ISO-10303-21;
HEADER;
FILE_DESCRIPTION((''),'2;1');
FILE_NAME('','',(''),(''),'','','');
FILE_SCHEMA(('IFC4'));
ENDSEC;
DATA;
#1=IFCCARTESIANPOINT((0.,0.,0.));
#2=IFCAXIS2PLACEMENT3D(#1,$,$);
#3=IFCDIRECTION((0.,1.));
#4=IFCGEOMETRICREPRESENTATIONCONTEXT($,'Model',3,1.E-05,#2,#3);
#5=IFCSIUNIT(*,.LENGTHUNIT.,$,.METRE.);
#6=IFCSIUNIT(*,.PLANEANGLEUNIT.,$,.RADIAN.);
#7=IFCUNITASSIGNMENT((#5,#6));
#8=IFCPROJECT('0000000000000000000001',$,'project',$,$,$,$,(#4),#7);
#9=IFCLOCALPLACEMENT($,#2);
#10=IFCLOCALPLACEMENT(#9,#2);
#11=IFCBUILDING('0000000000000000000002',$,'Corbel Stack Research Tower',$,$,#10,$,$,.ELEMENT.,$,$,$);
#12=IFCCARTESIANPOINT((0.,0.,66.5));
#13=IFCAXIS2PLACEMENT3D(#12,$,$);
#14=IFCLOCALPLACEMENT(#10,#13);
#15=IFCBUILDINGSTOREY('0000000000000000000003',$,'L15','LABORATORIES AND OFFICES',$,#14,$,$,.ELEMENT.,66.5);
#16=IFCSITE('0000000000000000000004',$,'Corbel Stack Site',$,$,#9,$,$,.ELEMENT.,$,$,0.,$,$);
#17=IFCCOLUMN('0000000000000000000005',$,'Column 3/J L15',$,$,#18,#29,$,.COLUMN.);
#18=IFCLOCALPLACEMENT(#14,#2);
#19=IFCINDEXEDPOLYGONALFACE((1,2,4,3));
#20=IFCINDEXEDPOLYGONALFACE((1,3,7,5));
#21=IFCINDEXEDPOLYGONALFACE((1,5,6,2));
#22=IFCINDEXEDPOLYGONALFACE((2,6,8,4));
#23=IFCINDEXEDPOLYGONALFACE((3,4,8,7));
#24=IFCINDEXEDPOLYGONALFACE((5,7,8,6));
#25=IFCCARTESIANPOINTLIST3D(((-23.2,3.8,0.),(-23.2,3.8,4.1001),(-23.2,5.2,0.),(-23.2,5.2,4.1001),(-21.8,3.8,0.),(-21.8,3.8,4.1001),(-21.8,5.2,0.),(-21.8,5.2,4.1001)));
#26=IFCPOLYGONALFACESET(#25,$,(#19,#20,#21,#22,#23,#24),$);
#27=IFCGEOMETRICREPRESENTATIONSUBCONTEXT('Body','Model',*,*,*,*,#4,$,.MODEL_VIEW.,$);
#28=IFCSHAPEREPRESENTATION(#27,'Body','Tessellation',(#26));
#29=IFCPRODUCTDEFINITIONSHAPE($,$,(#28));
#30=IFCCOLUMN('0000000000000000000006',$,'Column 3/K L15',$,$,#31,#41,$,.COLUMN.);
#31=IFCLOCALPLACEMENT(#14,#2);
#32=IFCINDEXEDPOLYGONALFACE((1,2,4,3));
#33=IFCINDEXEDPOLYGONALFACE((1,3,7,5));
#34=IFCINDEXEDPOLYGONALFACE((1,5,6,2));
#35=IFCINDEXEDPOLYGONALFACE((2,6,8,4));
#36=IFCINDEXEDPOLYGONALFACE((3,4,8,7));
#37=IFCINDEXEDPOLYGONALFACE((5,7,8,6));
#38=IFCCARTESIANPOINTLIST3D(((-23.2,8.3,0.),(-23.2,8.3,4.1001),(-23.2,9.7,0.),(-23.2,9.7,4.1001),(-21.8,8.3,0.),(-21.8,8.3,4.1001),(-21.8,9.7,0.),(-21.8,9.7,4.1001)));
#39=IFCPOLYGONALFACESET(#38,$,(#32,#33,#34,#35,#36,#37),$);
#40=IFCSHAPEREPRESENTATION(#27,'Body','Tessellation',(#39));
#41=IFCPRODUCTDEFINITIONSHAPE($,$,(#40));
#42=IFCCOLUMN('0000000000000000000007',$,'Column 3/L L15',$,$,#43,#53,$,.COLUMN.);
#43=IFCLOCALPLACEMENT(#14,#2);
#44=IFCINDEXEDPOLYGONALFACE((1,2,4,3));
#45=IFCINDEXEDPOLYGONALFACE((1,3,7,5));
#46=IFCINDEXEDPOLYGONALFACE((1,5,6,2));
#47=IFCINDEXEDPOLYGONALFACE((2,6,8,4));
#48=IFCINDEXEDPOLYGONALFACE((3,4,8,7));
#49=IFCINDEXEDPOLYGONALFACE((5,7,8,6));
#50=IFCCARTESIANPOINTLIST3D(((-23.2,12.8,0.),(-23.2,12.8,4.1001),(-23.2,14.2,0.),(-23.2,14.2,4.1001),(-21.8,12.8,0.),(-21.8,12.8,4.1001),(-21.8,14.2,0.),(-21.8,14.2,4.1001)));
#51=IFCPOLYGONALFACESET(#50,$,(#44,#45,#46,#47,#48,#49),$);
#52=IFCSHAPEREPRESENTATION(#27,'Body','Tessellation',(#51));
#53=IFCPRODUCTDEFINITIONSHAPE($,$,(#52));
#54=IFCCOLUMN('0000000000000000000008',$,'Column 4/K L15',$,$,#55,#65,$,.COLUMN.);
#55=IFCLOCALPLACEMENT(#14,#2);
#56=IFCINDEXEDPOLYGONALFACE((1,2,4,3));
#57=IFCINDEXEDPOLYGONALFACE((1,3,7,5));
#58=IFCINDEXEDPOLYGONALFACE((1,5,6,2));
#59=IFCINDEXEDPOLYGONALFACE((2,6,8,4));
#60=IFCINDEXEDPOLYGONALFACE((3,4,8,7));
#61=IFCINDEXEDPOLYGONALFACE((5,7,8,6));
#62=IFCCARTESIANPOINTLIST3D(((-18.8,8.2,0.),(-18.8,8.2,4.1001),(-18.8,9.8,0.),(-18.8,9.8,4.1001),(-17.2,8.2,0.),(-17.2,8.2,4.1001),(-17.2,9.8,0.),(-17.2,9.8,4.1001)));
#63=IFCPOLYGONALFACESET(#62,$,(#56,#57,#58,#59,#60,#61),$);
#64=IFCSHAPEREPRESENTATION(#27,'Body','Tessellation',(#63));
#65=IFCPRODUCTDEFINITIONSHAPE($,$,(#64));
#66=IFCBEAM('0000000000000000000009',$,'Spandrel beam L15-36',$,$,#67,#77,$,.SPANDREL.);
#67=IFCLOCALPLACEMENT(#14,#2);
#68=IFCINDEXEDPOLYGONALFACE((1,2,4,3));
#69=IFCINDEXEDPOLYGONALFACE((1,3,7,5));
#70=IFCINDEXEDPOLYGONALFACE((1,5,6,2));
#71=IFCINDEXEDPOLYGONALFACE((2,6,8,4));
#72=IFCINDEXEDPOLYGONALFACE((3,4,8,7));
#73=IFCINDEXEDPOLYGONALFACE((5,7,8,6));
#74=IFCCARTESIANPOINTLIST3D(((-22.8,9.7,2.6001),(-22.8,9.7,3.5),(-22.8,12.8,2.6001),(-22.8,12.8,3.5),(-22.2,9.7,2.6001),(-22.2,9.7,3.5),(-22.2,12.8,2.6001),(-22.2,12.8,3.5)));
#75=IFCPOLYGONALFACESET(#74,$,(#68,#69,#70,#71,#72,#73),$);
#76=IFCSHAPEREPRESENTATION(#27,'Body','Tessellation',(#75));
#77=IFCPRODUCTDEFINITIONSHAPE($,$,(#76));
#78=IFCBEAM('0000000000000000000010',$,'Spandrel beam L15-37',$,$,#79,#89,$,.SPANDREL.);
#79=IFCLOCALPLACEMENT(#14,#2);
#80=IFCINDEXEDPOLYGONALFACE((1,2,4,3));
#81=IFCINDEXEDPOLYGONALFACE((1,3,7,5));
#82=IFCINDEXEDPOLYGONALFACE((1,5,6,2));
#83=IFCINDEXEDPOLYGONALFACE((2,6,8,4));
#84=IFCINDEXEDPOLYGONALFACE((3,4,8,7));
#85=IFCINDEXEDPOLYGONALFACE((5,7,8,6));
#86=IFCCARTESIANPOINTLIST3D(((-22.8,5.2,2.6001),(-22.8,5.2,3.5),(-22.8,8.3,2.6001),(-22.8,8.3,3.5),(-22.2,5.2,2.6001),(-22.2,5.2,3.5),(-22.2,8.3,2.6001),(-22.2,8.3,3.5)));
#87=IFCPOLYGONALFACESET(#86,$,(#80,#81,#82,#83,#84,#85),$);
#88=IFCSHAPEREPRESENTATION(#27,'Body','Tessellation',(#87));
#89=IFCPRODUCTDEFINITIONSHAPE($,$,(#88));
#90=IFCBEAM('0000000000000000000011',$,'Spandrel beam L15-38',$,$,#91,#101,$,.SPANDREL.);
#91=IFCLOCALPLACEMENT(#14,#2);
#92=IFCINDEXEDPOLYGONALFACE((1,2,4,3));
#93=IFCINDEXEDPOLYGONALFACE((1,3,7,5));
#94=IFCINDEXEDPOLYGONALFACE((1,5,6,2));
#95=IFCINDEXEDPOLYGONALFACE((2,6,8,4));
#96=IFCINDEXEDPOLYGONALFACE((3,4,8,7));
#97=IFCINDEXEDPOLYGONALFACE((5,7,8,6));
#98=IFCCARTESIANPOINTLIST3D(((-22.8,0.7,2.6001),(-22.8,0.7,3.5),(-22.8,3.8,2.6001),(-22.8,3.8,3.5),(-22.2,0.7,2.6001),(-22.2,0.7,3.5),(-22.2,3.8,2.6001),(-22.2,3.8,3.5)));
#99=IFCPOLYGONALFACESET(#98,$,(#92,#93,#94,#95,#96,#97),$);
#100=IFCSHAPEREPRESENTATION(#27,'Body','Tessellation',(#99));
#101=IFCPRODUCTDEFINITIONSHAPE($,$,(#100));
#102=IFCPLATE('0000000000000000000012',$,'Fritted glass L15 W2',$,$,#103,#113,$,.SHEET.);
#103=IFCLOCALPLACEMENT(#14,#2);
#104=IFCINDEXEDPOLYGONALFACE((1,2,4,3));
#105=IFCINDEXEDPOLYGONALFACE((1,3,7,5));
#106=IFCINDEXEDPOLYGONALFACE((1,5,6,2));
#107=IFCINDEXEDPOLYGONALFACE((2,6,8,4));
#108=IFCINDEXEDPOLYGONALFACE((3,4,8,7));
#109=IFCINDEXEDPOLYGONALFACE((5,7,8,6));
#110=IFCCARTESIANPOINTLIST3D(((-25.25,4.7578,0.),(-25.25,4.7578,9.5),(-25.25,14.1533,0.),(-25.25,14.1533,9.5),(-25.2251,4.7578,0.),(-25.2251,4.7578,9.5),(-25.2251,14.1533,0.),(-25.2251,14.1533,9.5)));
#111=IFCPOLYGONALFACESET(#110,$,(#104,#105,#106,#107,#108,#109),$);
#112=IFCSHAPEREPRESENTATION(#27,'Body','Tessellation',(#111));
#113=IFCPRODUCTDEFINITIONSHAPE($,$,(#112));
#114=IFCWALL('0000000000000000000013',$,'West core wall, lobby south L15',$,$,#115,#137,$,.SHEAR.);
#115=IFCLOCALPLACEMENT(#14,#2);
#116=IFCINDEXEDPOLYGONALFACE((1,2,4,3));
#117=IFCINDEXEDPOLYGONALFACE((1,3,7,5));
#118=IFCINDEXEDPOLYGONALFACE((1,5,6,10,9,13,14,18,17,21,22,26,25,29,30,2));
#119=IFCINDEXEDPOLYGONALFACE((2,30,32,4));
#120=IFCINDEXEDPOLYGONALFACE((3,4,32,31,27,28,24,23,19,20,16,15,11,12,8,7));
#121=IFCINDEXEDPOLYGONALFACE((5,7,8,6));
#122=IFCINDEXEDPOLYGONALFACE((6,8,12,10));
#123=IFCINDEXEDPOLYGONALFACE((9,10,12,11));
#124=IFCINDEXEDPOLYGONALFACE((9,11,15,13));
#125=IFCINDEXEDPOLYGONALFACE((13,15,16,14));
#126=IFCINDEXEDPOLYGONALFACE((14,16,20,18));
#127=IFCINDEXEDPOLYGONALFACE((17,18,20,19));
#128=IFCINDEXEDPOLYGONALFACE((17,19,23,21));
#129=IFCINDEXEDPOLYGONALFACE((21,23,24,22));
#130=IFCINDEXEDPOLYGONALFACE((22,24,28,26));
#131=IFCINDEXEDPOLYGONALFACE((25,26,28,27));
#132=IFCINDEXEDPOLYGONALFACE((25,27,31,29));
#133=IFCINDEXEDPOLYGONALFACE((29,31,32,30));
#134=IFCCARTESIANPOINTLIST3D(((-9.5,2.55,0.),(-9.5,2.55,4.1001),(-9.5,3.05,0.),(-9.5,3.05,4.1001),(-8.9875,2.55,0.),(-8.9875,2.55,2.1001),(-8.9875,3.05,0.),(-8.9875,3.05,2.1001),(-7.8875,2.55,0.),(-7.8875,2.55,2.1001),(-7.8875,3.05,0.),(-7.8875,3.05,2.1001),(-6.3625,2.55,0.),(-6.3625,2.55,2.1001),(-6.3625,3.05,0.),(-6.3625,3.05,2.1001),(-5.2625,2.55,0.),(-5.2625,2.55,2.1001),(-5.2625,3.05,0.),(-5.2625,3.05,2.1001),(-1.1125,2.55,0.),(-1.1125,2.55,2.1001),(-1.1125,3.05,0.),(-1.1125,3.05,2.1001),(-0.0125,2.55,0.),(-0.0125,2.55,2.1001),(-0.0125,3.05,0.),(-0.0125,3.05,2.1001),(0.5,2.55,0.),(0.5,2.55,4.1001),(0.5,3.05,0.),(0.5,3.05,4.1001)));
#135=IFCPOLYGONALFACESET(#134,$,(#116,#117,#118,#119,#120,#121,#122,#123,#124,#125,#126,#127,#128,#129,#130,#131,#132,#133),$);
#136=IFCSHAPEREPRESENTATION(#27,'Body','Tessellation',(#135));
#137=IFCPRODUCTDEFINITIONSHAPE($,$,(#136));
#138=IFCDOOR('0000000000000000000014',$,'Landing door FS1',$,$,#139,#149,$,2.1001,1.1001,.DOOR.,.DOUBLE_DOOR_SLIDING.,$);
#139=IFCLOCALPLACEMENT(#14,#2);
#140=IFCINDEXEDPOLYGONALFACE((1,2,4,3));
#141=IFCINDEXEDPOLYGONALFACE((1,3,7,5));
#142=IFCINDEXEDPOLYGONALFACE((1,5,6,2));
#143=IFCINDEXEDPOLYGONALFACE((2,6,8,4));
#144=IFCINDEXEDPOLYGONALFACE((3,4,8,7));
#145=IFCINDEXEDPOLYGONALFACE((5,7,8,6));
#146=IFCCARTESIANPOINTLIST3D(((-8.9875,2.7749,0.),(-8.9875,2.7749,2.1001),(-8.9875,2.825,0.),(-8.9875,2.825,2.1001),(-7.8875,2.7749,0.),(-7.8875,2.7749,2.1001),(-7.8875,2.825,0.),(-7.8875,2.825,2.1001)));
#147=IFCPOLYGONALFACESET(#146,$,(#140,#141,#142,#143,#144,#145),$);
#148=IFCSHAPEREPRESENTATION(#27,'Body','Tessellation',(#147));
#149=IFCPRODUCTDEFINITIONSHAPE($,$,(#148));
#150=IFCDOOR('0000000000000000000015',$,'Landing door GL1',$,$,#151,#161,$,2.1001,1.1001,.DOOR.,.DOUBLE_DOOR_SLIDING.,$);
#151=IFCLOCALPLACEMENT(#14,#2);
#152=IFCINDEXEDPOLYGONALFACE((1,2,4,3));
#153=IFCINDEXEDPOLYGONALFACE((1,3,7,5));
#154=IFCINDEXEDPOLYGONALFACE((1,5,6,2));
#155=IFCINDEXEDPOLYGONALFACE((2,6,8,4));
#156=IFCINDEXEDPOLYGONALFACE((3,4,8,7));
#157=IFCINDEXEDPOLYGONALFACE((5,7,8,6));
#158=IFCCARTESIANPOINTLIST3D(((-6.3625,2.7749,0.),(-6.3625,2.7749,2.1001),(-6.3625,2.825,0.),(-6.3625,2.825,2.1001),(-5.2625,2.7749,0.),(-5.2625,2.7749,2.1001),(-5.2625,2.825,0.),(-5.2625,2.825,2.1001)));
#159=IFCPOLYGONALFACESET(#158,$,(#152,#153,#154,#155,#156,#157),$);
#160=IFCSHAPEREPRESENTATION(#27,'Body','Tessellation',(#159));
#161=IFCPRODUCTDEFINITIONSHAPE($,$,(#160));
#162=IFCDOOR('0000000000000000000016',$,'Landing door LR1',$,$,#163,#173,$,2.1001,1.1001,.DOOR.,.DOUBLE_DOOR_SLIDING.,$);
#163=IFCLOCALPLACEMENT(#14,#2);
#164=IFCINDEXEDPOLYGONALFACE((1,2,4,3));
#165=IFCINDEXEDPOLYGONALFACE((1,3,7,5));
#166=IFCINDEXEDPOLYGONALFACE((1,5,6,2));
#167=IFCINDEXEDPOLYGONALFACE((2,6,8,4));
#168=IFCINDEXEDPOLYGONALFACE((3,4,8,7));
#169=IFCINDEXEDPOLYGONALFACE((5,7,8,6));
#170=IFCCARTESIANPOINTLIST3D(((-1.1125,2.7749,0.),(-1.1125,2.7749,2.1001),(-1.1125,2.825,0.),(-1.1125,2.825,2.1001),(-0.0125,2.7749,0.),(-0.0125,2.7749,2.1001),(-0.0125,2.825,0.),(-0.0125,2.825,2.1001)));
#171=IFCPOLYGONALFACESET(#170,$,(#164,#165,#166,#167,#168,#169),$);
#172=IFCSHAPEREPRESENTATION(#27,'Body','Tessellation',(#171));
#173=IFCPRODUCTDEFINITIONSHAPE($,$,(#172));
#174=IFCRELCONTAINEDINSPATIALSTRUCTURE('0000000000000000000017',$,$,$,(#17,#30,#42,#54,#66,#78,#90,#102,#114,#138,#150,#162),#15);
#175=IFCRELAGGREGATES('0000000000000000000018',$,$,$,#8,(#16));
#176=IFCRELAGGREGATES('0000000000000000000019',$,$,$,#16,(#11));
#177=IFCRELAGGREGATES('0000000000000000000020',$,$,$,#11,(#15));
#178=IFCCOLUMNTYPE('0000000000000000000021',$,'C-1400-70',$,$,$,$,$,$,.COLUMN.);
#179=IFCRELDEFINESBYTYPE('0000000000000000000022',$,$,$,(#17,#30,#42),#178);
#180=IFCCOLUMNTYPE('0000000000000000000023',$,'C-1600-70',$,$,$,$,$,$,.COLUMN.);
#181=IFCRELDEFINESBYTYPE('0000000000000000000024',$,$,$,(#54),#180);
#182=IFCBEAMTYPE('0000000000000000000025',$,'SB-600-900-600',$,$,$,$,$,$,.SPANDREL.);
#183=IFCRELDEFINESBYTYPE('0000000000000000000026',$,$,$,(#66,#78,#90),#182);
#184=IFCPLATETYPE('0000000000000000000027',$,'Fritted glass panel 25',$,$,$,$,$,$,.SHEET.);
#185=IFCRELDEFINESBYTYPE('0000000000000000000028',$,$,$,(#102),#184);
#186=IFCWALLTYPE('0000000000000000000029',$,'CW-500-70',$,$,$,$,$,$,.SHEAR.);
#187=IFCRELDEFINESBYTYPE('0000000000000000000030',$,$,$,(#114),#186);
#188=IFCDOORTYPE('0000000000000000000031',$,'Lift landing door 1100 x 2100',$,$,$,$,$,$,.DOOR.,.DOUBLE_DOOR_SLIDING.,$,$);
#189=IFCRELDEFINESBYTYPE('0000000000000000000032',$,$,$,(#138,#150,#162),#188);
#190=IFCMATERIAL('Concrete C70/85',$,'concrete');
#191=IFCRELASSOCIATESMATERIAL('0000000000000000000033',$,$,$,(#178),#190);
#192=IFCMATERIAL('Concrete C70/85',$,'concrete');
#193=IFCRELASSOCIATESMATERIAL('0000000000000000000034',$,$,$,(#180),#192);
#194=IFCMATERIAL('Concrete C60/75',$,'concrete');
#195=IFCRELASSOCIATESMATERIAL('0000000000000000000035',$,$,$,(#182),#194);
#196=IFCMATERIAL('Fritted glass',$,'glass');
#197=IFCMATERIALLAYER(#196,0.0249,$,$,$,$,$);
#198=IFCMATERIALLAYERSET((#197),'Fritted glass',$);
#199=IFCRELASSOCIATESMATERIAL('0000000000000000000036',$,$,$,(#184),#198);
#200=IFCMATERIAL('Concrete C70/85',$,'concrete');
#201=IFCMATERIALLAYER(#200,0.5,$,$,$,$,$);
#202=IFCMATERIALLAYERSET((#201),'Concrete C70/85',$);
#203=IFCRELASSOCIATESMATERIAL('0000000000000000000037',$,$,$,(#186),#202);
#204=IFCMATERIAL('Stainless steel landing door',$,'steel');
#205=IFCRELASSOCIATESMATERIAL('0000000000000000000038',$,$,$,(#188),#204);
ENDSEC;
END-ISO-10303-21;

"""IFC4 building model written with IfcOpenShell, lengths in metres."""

from ifc_helpers import new_model, si_unit, direction, frame, frame_2d, origin, origin_2d, place, context, subcontext, project, spatial, rectangle, extrude, material, layer, layer_set, material_profile, profile_set, type_object, element, fill, save


model = new_model("IFC4")

# Units and contexts
model_context = context("Model", 3, precision=1e-05, world=origin(), true_north=direction((0.0, 1.0)))
body_context = subcontext(model_context, "Body", "Model", "MODEL_VIEW")
ifc_project = project(units=[si_unit("LENGTHUNIT", "METRE"), si_unit("PLANEANGLEUNIT", "RADIAN")], contexts=[model_context])

# Site, building, storey
site_placement = place(None, origin())
site = spatial("IfcSite", under=ifc_project, at=site_placement, Name="Corbel Stack Site", CompositionType="ELEMENT", RefElevation=0.0)
building_placement = place(site_placement, origin())
building = spatial("IfcBuilding", under=site, at=building_placement, Name="Corbel Stack Research Tower", CompositionType="ELEMENT")
storey_placement = place(building_placement, frame((0.0, 0.0, 66.5)))
storey = spatial("IfcBuildingStorey", under=building, at=storey_placement, Name="L15", Description="LABORATORIES AND OFFICES", CompositionType="ELEMENT", Elevation=66.5)

# Columns
ifc_material_1 = material(Name="Concrete C70/85", Category="concrete")
ifc_material_profile_1 = material_profile(ifc_material_1, rectangle(XDim=1.3999, YDim=1.3999, at=origin_2d()), Name="RC 1400 x 1400")
ifc_profile_set_1 = profile_set([ifc_material_profile_1], Name="Concrete C70/85")
column_type_1 = type_object("IfcColumnType", Name="C-1400-70", PredefinedType="COLUMN", material=ifc_profile_set_1)
for number, where, z_axis, x_axis, name in (
    (1, (-22.5, 4.5, 0.0), (0.0, 0.0, 1.0), (1.0, 0.0, 0.0), "Column 3/J L15"),
    (2, (-22.5, 9.0, 0.0), (0.0, 0.0, 1.0), (1.0, 0.0, 0.0), "Column 3/K L15"),
    (3, (-22.5, 13.5, 0.0), (0.0, 0.0, 1.0), (1.0, 0.0, 0.0), "Column 3/L L15"),
):
    element("IfcColumn", number, at=place(storey_placement, frame(where, z_axis=z_axis, x_axis=x_axis)), inside=storey, type_object=column_type_1, Name=name, PredefinedType="COLUMN", context=body_context, shape_type="SweptSolid", body=[
        extrude(rectangle(XDim=1.3999, YDim=1.3999, at=origin_2d()), origin(), (0.0, 0.0, 1.0), 4.1001),
    ])
ifc_material_2 = material(Name="Concrete C70/85", Category="concrete")
ifc_material_profile_2 = material_profile(ifc_material_2, rectangle(XDim=1.6001, YDim=1.6001, at=origin_2d()), Name="RC 1600 x 1600")
ifc_profile_set_2 = profile_set([ifc_material_profile_2], Name="Concrete C70/85")
column_type_2 = type_object("IfcColumnType", Name="C-1600-70", PredefinedType="COLUMN", material=ifc_profile_set_2)
column_placement = place(storey_placement, frame((-18.0, 9.0, 0.0), z_axis=(0.0, 0.0, 1.0), x_axis=(1.0, 0.0, 0.0)))
element("IfcColumn", 4, at=column_placement, inside=storey, type_object=column_type_2, Name="Column 4/K L15", PredefinedType="COLUMN", context=body_context, shape_type="SweptSolid", body=[
    extrude(rectangle(XDim=1.6001, YDim=1.6001, at=origin_2d()), origin(), (0.0, 0.0, 1.0), 4.1001),
])

# Beams
ifc_material_3 = material(Name="Concrete C60/75", Category="concrete")
ifc_material_profile_3 = material_profile(ifc_material_3, rectangle(XDim=0.6001, YDim=0.8999, at=origin_2d()), Name="RC 600 x 900")
ifc_profile_set_3 = profile_set([ifc_material_profile_3], Name="Concrete C60/75")
beam_type = type_object("IfcBeamType", Name="SB-600-900-600", PredefinedType="SPANDREL", material=ifc_profile_set_3)
for number, where, z_axis, x_axis, name in (
    (5, (-22.5, 12.8, 3.05), (0.0, -1.0, 0.0), (1.0, 0.0, 0.0), "Spandrel beam L15-36"),
    (6, (-22.5, 8.3, 3.05), (0.0, -1.0, 0.0), (1.0, 0.0, 0.0), "Spandrel beam L15-37"),
    (7, (-22.5, 3.8, 3.05), (0.0, -1.0, 0.0), (1.0, 0.0, 0.0), "Spandrel beam L15-38"),
):
    element("IfcBeam", number, at=place(storey_placement, frame(where, z_axis=z_axis, x_axis=x_axis)), inside=storey, type_object=beam_type, Name=name, PredefinedType="SPANDREL", context=body_context, shape_type="SweptSolid", body=[
        extrude(rectangle(XDim=0.6001, YDim=0.8999, at=origin_2d()), origin(), (0.0, 0.0, 1.0), 3.1001),
    ])

# Plate
ifc_material_4 = material(Name="Fritted glass", Category="glass")
ifc_layer_1 = layer(ifc_material_4, 0.0249)
ifc_layer_set_1 = layer_set([ifc_layer_1], Name="Fritted glass")
plate_type = type_object("IfcPlateType", Name="Fritted glass panel 25", PredefinedType="SHEET", material=ifc_layer_set_1)
plate_placement = place(storey_placement, frame((-25.2375, 9.4556, 0.0), z_axis=(0.0, 0.0, 1.0), x_axis=(0.0, -1.0, 0.0)))
element("IfcPlate", 8, at=plate_placement, inside=storey, type_object=plate_type, Name="Fritted glass L15 W2", PredefinedType="SHEET", context=body_context, shape_type="SweptSolid", body=[
    extrude(rectangle(XDim=9.3955, YDim=0.0249, at=origin_2d()), origin(), (0.0, 0.0, 1.0), 9.5),
])

# Wall, openings, doors
ifc_material_5 = material(Name="Concrete C70/85", Category="concrete")
ifc_layer_2 = layer(ifc_material_5, 0.5)
ifc_layer_set_2 = layer_set([ifc_layer_2], Name="Concrete C70/85")
wall_type_1 = type_object("IfcWallType", Name="CW-500-70", PredefinedType="SHEAR", material=ifc_layer_set_2)
wall_1_placement = place(storey_placement, frame((-9.5, 2.8, 0.0), z_axis=(0.0, 0.0, 1.0), x_axis=(1.0, 0.0, 0.0)))
wall_1 = element("IfcWall", 9, at=wall_1_placement, inside=storey, type_object=wall_type_1, Name="West core wall, lobby south L15", PredefinedType="SHEAR", context=body_context, shape_type="SweptSolid", body=[
    extrude(rectangle(XDim=10.0, YDim=0.5, at=frame_2d((5.0, 0.0))), origin(), (0.0, 0.0, 1.0), 4.1001),
])
opening_1_placement = place(wall_1_placement, frame((0.5125, 0.0, 0.0)))
opening_1 = element("IfcOpeningElement", 10, at=opening_1_placement, cuts=wall_1, PredefinedType="OPENING", context=body_context, shape_type="SweptSolid", body=[
    extrude(rectangle(XDim=1.1001, YDim=2.1001, at=frame_2d((0.55, 1.05))), frame((0.0, 0.26, 0.0), z_axis=(0.0, -1.0, 0.0), x_axis=(1.0, 0.0, 0.0)), (0.0, 0.0, 1.0), 0.52),
])
opening_2_placement = place(wall_1_placement, frame((3.1375, 0.0, 0.0)))
opening_2 = element("IfcOpeningElement", 11, at=opening_2_placement, cuts=wall_1, PredefinedType="OPENING", context=body_context, shape_type="SweptSolid", body=[
    extrude(rectangle(XDim=1.1001, YDim=2.1001, at=frame_2d((0.55, 1.05))), frame((0.0, 0.26, 0.0), z_axis=(0.0, -1.0, 0.0), x_axis=(1.0, 0.0, 0.0)), (0.0, 0.0, 1.0), 0.52),
])
opening_3_placement = place(wall_1_placement, frame((8.3875, 0.0, 0.0)))
opening_3 = element("IfcOpeningElement", 12, at=opening_3_placement, cuts=wall_1, PredefinedType="OPENING", context=body_context, shape_type="SweptSolid", body=[
    extrude(rectangle(XDim=1.1001, YDim=2.1001, at=frame_2d((0.55, 1.05))), frame((0.0, 0.26, 0.0), z_axis=(0.0, -1.0, 0.0), x_axis=(1.0, 0.0, 0.0)), (0.0, 0.0, 1.0), 0.52),
])
ifc_material_6 = material(Name="Stainless steel landing door", Category="steel")
door_type_1 = type_object("IfcDoorType", Name="Lift landing door 1100 x 2100", OperationType="DOUBLE_DOOR_SLIDING", PredefinedType="DOOR", material=ifc_material_6)
door_1_placement = place(opening_1_placement, origin())
door_1 = element("IfcDoor", 13, at=door_1_placement, inside=storey, type_object=door_type_1, Name="Landing door FS1", OperationType="DOUBLE_DOOR_SLIDING", OverallHeight=2.1001, OverallWidth=1.1001, PredefinedType="DOOR", context=body_context, shape_type="SweptSolid", body=[
    extrude(rectangle(XDim=1.1001, YDim=2.1001, at=frame_2d((0.55, 1.05))), frame((0.0, 0.0249, 0.0), z_axis=(0.0, -1.0, 0.0), x_axis=(1.0, 0.0, 0.0)), (0.0, 0.0, 1.0), 0.05),
])
fill(opening_1, door_1)
door_2_placement = place(opening_2_placement, origin())
door_2 = element("IfcDoor", 14, at=door_2_placement, inside=storey, type_object=door_type_1, Name="Landing door GL1", OperationType="DOUBLE_DOOR_SLIDING", OverallHeight=2.1001, OverallWidth=1.1001, PredefinedType="DOOR", context=body_context, shape_type="SweptSolid", body=[
    extrude(rectangle(XDim=1.1001, YDim=2.1001, at=frame_2d((0.55, 1.05))), frame((0.0, 0.0249, 0.0), z_axis=(0.0, -1.0, 0.0), x_axis=(1.0, 0.0, 0.0)), (0.0, 0.0, 1.0), 0.05),
])
fill(opening_2, door_2)
door_3_placement = place(opening_3_placement, origin())
door_3 = element("IfcDoor", 15, at=door_3_placement, inside=storey, type_object=door_type_1, Name="Landing door LR1", OperationType="DOUBLE_DOOR_SLIDING", OverallHeight=2.1001, OverallWidth=1.1001, PredefinedType="DOOR", context=body_context, shape_type="SweptSolid", body=[
    extrude(rectangle(XDim=1.1001, YDim=2.1001, at=frame_2d((0.55, 1.05))), frame((0.0, 0.0249, 0.0), z_axis=(0.0, -1.0, 0.0), x_axis=(1.0, 0.0, 0.0)), (0.0, 0.0, 1.0), 0.05),
])
fill(opening_3, door_3)

save(model, "model.ifc")
